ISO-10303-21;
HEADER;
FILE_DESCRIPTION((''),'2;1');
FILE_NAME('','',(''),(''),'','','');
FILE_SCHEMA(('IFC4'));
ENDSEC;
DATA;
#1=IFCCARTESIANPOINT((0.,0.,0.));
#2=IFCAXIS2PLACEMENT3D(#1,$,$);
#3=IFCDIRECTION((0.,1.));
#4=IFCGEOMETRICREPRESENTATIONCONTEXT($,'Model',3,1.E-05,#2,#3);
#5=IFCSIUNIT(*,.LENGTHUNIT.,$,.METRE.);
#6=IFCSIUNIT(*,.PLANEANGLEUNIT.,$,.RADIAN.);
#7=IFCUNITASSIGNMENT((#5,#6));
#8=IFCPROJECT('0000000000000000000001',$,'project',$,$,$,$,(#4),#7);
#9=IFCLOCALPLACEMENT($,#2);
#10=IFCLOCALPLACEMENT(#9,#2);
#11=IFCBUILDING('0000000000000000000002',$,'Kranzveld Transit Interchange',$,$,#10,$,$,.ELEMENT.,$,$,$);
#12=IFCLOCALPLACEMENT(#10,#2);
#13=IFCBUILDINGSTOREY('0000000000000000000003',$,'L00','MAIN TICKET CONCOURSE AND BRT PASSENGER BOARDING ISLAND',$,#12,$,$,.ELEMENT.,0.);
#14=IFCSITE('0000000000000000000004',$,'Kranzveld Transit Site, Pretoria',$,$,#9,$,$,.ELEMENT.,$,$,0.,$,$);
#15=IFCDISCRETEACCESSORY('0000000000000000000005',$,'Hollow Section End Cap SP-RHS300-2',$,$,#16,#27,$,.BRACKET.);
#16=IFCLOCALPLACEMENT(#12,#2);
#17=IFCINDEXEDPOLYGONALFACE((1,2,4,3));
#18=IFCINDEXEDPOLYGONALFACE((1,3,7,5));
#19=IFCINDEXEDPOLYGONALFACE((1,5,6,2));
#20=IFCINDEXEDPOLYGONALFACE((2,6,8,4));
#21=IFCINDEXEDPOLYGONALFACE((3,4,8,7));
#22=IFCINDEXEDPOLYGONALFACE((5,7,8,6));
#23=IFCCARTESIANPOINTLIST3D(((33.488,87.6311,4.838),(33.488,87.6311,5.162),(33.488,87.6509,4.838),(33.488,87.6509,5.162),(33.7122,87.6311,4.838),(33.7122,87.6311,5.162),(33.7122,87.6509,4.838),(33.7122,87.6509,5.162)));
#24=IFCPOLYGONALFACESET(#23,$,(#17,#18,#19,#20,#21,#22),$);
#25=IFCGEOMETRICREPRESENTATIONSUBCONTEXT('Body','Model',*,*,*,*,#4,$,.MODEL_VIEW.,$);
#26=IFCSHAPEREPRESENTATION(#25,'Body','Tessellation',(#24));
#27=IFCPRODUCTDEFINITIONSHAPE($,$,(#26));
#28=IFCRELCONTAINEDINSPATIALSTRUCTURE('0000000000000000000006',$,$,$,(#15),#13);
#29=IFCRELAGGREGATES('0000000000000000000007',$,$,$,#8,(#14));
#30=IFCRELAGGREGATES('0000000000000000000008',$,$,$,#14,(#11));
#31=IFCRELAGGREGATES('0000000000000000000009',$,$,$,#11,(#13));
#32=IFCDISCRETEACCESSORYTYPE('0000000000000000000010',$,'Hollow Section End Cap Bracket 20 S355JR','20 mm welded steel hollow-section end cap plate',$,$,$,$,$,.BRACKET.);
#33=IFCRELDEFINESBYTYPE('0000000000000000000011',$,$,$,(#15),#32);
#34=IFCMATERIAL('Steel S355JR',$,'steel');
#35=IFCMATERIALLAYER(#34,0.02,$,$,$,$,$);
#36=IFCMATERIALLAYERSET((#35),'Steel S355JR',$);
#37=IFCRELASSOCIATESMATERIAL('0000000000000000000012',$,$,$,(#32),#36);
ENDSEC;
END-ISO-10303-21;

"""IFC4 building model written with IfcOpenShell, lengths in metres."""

from ifc_helpers import new_model, si_unit, direction, frame, origin, origin_2d, place, context, subcontext, project, spatial, rectangle, extrude, material, layer, layer_set, type_object, element, save


model = new_model("IFC4")

# Units and contexts
model_context = context("Model", 3, precision=1e-05, world=origin(), true_north=direction((0.0, 1.0)))
body_context = subcontext(model_context, "Body", "Model", "MODEL_VIEW")
ifc_project = project(units=[si_unit("LENGTHUNIT", "METRE"), si_unit("PLANEANGLEUNIT", "RADIAN")], contexts=[model_context])

# Site, building, storey
site_placement = place(None, origin())
site = spatial("IfcSite", under=ifc_project, at=site_placement, Name="Kranzveld Transit Site, Pretoria", CompositionType="ELEMENT", RefElevation=0.0)
building_placement = place(site_placement, origin())
building = spatial("IfcBuilding", under=site, at=building_placement, Name="Kranzveld Transit Interchange", CompositionType="ELEMENT")
storey_placement = place(building_placement, origin())
storey = spatial("IfcBuildingStorey", under=building, at=storey_placement, Name="L00", Description="MAIN TICKET CONCOURSE AND BRT PASSENGER BOARDING ISLAND", CompositionType="ELEMENT", Elevation=0.0)

# Discrete accessory
ifc_material_1 = material(Name="Steel S355JR", Category="steel")
ifc_layer_1 = layer(ifc_material_1, 0.02)
ifc_layer_set_1 = layer_set([ifc_layer_1], Name="Steel S355JR")
discrete_accessory_type = type_object("IfcDiscreteAccessoryType", Name="Hollow Section End Cap Bracket 20 S355JR", Description="20 mm welded steel hollow-section end cap plate", PredefinedType="BRACKET", material=ifc_layer_set_1)
discrete_accessory_placement = place(storey_placement, frame((33.6001, 87.6311, 5.0), z_axis=(0.0, 1.0, 0.0), x_axis=(-1.0, 0.0, 0.0)))
element("IfcDiscreteAccessory", 1, at=discrete_accessory_placement, inside=storey, type_object=discrete_accessory_type, Name="Hollow Section End Cap SP-RHS300-2", PredefinedType="BRACKET", context=body_context, shape_type="SweptSolid", body=[
    extrude(rectangle(XDim=0.2241, YDim=0.324, at=origin_2d()), origin(), (0.0, 0.0, 1.0), 0.0198),
])

save(model, "model.ifc")
